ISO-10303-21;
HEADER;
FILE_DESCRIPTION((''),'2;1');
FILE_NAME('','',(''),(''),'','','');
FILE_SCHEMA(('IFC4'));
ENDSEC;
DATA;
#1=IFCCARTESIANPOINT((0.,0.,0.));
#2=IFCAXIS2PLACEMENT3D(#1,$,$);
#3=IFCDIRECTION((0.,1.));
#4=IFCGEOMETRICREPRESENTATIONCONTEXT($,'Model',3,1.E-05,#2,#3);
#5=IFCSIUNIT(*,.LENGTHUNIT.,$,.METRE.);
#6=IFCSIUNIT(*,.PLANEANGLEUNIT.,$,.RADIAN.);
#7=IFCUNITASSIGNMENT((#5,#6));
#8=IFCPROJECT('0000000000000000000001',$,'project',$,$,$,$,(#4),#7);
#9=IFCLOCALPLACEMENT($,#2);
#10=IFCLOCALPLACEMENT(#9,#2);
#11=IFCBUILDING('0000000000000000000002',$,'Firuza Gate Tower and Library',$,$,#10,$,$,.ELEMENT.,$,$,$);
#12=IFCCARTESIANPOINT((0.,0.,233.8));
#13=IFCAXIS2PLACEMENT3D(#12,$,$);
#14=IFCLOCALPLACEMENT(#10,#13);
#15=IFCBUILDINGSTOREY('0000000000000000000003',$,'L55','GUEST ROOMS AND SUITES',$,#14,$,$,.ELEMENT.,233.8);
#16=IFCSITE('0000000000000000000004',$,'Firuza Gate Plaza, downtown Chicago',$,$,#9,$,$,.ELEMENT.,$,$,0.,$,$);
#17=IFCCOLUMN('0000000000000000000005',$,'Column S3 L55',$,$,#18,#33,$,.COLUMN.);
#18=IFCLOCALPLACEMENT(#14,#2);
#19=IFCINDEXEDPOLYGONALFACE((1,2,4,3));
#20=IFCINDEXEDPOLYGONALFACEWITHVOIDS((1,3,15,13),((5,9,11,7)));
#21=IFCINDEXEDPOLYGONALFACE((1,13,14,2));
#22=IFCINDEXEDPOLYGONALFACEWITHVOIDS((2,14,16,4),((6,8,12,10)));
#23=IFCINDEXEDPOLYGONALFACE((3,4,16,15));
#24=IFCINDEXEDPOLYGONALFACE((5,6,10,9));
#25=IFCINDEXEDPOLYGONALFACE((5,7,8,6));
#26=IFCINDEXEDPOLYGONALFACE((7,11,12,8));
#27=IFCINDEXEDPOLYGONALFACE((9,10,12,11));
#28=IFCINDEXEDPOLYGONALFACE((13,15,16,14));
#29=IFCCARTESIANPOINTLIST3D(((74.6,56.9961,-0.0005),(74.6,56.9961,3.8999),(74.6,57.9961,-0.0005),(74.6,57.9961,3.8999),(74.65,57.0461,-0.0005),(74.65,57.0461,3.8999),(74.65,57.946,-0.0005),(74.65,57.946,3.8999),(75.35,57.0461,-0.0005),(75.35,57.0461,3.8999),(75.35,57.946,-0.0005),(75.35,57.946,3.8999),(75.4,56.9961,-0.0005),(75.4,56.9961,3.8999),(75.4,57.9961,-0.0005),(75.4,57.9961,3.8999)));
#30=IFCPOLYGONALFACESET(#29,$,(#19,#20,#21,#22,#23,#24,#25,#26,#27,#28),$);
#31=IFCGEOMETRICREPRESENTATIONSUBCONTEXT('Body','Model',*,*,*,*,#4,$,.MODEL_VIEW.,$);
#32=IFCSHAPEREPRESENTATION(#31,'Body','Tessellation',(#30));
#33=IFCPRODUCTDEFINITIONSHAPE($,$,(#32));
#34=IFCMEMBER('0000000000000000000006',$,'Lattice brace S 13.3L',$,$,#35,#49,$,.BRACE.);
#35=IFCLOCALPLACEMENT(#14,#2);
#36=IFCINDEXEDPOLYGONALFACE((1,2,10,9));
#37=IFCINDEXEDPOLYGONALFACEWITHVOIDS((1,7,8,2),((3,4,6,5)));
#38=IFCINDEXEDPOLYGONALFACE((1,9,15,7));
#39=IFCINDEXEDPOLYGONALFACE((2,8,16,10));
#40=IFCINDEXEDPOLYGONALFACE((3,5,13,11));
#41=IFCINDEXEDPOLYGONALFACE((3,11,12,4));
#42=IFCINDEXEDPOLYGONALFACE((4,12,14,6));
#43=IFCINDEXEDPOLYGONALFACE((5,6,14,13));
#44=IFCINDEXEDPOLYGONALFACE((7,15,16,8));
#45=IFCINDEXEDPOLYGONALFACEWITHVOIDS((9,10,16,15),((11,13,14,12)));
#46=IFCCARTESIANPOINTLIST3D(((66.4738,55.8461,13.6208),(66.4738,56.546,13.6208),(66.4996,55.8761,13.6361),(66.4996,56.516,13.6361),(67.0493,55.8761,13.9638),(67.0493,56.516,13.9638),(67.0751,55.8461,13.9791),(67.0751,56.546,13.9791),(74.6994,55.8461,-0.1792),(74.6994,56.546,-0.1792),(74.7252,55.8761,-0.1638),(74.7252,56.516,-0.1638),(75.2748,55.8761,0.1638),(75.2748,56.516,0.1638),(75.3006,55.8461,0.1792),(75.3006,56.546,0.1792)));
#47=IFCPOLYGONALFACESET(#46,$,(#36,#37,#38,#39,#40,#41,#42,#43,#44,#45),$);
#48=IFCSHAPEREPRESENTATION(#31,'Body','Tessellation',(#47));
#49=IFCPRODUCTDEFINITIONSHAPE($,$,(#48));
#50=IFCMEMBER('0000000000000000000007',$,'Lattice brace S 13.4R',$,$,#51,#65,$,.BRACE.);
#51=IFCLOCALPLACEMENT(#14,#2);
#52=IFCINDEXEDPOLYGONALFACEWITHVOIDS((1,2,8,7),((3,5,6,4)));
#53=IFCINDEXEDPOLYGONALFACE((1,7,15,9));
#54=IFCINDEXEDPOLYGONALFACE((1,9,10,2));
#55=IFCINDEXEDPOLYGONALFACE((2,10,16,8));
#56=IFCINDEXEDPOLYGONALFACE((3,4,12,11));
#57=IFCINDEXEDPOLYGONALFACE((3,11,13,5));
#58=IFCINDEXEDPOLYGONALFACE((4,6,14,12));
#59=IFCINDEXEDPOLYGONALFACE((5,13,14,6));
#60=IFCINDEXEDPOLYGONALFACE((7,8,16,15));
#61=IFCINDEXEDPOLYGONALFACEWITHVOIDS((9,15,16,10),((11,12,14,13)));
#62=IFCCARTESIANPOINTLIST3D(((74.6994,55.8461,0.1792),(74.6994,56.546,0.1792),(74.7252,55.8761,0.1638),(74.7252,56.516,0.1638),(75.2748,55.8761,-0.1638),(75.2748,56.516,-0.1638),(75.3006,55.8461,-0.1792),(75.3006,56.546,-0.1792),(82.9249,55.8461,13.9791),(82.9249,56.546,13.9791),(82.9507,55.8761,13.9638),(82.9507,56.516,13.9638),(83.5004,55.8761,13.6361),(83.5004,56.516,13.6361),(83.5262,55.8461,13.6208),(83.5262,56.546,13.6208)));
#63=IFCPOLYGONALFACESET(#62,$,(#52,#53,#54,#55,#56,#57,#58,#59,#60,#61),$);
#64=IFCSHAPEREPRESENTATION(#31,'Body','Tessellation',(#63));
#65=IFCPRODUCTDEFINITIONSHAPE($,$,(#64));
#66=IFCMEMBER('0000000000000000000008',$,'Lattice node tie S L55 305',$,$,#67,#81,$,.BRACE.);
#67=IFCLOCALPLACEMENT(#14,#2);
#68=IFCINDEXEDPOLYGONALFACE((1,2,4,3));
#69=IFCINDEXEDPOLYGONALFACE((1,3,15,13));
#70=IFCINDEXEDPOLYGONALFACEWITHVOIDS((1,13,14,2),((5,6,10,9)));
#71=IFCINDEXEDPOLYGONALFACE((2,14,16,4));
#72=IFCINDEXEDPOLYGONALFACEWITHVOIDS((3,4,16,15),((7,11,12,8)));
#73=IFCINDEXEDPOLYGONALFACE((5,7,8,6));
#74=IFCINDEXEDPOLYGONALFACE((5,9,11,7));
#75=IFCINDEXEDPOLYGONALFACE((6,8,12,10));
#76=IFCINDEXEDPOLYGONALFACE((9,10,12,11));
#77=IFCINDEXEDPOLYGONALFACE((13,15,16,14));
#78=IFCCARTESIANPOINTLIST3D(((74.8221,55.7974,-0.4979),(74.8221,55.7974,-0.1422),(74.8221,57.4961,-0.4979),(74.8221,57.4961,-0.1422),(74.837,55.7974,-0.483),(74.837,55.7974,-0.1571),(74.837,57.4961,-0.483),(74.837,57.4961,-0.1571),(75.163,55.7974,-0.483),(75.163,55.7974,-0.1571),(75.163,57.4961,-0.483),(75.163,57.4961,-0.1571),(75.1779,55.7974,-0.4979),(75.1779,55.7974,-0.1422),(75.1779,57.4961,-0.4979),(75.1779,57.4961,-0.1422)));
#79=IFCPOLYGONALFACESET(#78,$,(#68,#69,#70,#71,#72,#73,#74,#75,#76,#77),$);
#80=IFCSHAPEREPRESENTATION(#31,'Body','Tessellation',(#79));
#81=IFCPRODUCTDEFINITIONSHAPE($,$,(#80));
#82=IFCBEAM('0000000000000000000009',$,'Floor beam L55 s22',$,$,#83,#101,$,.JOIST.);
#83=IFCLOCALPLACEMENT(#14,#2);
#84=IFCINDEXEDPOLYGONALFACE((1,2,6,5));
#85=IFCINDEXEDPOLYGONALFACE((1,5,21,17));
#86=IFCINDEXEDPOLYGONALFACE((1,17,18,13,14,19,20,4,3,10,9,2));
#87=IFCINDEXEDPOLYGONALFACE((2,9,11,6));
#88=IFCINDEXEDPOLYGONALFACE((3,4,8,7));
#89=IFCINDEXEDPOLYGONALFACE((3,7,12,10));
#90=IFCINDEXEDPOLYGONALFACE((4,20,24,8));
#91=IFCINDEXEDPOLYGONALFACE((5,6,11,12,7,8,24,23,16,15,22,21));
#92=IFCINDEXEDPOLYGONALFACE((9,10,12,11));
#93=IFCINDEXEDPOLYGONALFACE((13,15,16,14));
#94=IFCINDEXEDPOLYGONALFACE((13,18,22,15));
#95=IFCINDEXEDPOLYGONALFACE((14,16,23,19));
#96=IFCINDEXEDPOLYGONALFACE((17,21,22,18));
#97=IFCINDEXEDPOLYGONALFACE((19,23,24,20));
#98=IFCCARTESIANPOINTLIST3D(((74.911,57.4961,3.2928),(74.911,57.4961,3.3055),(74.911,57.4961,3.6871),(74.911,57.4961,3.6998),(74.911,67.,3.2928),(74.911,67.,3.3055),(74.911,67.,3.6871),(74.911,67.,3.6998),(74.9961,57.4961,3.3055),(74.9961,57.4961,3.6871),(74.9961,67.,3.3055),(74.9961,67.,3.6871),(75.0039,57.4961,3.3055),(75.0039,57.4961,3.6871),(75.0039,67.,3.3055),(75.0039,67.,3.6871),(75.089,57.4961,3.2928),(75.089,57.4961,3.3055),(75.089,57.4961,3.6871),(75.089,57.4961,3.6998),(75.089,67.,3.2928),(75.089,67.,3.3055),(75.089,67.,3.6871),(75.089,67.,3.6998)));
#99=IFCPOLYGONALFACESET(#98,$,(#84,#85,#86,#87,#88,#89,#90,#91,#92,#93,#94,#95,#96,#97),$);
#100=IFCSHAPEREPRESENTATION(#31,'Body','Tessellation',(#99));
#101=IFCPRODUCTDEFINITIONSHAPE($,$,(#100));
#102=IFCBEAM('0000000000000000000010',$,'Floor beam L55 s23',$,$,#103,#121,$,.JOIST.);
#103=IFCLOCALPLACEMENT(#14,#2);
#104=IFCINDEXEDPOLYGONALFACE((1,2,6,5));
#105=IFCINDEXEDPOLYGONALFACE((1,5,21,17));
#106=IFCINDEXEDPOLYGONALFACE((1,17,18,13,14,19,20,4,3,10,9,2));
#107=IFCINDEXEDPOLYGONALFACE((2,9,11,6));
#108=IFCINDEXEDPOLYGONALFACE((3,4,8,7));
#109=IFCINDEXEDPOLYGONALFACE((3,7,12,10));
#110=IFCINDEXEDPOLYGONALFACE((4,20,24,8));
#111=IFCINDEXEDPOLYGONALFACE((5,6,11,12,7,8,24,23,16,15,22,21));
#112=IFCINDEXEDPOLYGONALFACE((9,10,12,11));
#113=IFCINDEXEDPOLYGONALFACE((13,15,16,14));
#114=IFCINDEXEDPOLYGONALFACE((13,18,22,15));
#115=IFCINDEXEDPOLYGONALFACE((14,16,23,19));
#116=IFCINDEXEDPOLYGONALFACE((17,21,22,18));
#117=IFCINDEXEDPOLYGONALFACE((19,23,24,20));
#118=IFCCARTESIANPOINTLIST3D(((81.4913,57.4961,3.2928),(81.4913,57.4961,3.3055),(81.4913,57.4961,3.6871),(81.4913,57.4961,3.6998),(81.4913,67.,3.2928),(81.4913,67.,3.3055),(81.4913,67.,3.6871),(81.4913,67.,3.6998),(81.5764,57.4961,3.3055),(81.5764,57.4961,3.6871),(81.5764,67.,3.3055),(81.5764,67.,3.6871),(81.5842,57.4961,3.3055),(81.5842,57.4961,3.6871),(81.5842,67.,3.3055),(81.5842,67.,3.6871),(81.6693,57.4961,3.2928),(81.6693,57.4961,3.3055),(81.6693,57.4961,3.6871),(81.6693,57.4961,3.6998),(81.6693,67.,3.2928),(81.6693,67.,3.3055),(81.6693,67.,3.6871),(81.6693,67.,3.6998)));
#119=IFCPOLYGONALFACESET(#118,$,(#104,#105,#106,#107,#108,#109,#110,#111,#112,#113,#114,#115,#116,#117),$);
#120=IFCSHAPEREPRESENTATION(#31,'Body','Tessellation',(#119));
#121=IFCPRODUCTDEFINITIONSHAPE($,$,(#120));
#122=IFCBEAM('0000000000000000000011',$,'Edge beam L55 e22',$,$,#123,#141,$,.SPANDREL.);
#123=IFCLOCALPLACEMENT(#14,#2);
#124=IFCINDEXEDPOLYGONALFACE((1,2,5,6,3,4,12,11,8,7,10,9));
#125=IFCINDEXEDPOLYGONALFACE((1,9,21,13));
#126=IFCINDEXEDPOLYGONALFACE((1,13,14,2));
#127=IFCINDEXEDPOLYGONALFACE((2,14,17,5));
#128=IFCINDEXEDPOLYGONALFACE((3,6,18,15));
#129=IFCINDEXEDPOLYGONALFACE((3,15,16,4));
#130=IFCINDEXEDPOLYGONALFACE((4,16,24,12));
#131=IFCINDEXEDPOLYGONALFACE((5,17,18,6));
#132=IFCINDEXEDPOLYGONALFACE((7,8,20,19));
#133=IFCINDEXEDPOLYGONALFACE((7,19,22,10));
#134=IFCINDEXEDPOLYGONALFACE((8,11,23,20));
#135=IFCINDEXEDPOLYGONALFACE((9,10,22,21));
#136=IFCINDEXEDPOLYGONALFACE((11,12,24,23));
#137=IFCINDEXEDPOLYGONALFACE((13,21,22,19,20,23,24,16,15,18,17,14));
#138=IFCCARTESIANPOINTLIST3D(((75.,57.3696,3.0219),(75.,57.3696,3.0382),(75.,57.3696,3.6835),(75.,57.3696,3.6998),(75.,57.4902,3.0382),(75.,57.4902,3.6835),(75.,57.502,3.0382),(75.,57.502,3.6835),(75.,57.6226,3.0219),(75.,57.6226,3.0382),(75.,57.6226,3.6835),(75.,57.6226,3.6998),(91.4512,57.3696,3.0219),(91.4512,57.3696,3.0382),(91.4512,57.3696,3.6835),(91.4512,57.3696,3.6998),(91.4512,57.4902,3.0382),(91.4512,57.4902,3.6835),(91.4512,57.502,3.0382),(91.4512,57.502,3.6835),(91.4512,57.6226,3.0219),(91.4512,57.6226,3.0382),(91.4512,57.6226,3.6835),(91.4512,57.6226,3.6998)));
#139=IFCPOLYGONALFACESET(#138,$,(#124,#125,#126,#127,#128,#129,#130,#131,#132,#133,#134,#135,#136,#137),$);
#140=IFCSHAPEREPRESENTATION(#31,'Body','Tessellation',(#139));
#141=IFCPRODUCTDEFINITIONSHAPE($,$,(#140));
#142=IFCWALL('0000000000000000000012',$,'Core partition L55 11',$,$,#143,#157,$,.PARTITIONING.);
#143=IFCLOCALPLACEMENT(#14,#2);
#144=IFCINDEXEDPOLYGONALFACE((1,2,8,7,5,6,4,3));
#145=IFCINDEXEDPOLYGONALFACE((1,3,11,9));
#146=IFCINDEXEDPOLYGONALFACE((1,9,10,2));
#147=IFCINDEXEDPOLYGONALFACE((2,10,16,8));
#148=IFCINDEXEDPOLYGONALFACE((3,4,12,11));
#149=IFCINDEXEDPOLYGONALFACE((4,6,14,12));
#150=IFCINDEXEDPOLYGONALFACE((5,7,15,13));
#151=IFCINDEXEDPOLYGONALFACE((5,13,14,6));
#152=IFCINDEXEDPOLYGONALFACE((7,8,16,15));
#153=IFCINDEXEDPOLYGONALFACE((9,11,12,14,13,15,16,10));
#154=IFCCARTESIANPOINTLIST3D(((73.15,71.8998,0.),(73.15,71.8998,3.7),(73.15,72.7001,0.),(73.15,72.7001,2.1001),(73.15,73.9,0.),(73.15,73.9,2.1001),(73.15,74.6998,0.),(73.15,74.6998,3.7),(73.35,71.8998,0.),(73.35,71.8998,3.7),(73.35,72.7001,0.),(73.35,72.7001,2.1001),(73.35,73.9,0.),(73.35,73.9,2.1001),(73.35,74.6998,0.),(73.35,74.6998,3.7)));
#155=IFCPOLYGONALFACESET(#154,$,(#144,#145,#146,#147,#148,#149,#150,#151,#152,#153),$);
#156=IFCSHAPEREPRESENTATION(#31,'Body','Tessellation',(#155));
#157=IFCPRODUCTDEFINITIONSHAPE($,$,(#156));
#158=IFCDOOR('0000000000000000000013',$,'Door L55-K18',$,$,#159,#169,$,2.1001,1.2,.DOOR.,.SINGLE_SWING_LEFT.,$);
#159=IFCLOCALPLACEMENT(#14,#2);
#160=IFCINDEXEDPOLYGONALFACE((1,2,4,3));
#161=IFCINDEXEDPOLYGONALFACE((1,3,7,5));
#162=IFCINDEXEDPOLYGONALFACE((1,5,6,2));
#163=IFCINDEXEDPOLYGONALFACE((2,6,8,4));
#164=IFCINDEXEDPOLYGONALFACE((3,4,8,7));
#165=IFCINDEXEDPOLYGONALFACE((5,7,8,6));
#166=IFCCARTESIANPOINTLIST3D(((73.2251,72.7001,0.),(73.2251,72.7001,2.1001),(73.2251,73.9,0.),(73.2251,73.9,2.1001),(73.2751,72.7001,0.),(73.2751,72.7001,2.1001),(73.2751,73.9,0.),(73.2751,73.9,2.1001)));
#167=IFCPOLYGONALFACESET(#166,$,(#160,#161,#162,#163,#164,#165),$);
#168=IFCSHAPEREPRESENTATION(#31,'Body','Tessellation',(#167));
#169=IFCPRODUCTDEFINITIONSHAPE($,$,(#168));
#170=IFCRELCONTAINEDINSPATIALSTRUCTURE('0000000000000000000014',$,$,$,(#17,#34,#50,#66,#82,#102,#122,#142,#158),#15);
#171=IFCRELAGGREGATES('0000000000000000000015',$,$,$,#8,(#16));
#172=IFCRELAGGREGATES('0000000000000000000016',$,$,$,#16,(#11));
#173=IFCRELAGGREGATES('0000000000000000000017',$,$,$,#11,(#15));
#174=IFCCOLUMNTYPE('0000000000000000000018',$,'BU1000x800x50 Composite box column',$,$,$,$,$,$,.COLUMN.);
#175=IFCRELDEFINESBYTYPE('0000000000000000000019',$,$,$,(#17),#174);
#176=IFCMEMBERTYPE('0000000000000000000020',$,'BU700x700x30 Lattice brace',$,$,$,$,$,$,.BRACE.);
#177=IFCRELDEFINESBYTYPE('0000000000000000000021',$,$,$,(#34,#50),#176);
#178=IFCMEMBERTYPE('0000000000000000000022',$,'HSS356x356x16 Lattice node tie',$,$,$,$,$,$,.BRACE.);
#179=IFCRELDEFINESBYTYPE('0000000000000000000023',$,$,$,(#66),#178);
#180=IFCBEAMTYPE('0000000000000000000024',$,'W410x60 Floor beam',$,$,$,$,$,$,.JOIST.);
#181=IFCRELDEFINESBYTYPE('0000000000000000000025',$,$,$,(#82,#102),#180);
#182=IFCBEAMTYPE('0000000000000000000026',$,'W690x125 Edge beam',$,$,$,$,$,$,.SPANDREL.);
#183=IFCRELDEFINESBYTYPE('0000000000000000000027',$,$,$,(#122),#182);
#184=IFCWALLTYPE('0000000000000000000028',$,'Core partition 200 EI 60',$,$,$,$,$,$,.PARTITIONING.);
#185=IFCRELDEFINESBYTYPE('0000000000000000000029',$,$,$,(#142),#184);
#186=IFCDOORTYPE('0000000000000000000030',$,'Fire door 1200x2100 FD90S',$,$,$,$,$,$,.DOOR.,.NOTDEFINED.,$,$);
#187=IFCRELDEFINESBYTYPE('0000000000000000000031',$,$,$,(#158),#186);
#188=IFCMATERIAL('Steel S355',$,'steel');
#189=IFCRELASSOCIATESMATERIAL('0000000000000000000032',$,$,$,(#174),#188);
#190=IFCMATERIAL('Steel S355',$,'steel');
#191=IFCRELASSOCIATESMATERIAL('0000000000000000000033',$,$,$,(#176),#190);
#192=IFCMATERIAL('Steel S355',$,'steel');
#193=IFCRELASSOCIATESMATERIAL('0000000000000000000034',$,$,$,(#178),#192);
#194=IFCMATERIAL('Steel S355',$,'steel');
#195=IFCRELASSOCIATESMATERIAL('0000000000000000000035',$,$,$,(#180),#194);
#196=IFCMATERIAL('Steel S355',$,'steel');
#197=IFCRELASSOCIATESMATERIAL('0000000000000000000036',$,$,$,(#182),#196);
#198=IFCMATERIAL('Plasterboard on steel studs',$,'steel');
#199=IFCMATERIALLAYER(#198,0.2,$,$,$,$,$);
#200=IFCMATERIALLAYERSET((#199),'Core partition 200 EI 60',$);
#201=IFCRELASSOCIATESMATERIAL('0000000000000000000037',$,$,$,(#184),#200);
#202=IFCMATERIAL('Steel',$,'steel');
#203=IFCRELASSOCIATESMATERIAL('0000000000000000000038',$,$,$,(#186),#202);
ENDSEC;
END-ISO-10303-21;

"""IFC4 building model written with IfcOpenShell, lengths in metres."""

from ifc_helpers import new_model, si_unit, direction, frame, frame_2d, origin, origin_2d, place, context, subcontext, project, spatial, rectangle, hollow_rectangle, i_section, extrude, material, layer, layer_set, material_profile, profile_set, type_object, element, fill, save


model = new_model("IFC4")

# Units and contexts
model_context = context("Model", 3, precision=1e-05, world=origin(), true_north=direction((0.0, 1.0)))
body_context = subcontext(model_context, "Body", "Model", "MODEL_VIEW")
ifc_project = project(units=[si_unit("LENGTHUNIT", "METRE"), si_unit("PLANEANGLEUNIT", "RADIAN")], contexts=[model_context])

# Site, building, storey
site_placement = place(None, origin())
site = spatial("IfcSite", under=ifc_project, at=site_placement, Name="Firuza Gate Plaza, downtown Chicago", CompositionType="ELEMENT", RefElevation=0.0)
building_placement = place(site_placement, origin())
building = spatial("IfcBuilding", under=site, at=building_placement, Name="Firuza Gate Tower and Library", CompositionType="ELEMENT")
storey_placement = place(building_placement, frame((0.0, 0.0, 233.8)))
storey = spatial("IfcBuildingStorey", under=building, at=storey_placement, Name="L55", Description="GUEST ROOMS AND SUITES", CompositionType="ELEMENT", Elevation=233.8)

# Column
ifc_material_1 = material(Name="Steel S355", Category="steel")
ifc_material_profile_1 = material_profile(ifc_material_1, hollow_rectangle(XDim=0.8, YDim=1.0, WallThickness=0.05, at=origin_2d()))
ifc_profile_set_1 = profile_set([ifc_material_profile_1], Name="Steel S355")
column_type = type_object("IfcColumnType", Name="BU1000x800x50 Composite box column", PredefinedType="COLUMN", material=ifc_profile_set_1)
column_placement = place(storey_placement, frame((75.0, 57.4961, -0.0005), z_axis=(0.0, 0.0, 1.0), x_axis=(1.0, 0.0, 0.0)))
element("IfcColumn", 1, at=column_placement, inside=storey, type_object=column_type, Name="Column S3 L55", PredefinedType="COLUMN", context=body_context, shape_type="SweptSolid", body=[
    extrude(hollow_rectangle(XDim=0.8, YDim=1.0, WallThickness=0.05, at=origin_2d()), origin(), (0.0, 0.0, 1.0), 3.9004),
])

# Members
ifc_material_2 = material(Name="Steel S355", Category="steel")
ifc_material_profile_2 = material_profile(ifc_material_2, hollow_rectangle(XDim=0.7, YDim=0.7, WallThickness=0.03, at=origin_2d()))
ifc_profile_set_2 = profile_set([ifc_material_profile_2], Name="Steel S355")
member_type_1 = type_object("IfcMemberType", Name="BU700x700x30 Lattice brace", PredefinedType="BRACE", material=ifc_profile_set_2)
for number, where, z_axis, x_axis, name in (
    (2, (75.0, 56.196, 0.0), (-0.512002, 0.0, 0.858984), (0.0, -1.0, 0.0), "Lattice brace S 13.3L"),
    (3, (75.0, 56.196, 0.0), (0.512002, 0.0, 0.858984), (0.0, 1.0, 0.0), "Lattice brace S 13.4R"),
):
    element("IfcMember", number, at=place(storey_placement, frame(where, z_axis=z_axis, x_axis=x_axis)), inside=storey, type_object=member_type_1, Name=name, PredefinedType="BRACE", context=body_context, shape_type="SweptSolid", body=[
        extrude(hollow_rectangle(XDim=0.7, YDim=0.7, WallThickness=0.03, at=origin_2d()), origin(), (0.0, 0.0, 1.0), 16.0654),
    ])
ifc_material_3 = material(Name="Steel S355", Category="steel")
ifc_material_profile_3 = material_profile(ifc_material_3, hollow_rectangle(XDim=0.3557, YDim=0.3557, WallThickness=0.0149, at=origin_2d()))
ifc_profile_set_3 = profile_set([ifc_material_profile_3], Name="Steel S355")
member_type_2 = type_object("IfcMemberType", Name="HSS356x356x16 Lattice node tie", PredefinedType="BRACE", material=ifc_profile_set_3)
member_placement = place(storey_placement, frame((75.0, 57.4961, -0.3201), z_axis=(0.0, -1.0, 0.0), x_axis=(1.0, 0.0, 0.0)))
element("IfcMember", 4, at=member_placement, inside=storey, type_object=member_type_2, Name="Lattice node tie S L55 305", PredefinedType="BRACE", context=body_context, shape_type="SweptSolid", body=[
    extrude(hollow_rectangle(XDim=0.3557, YDim=0.3557, WallThickness=0.0149, at=origin_2d()), origin(), (0.0, 0.0, 1.0), 1.6987),
])

# Beams
ifc_material_4 = material(Name="Steel S355", Category="steel")
ifc_material_profile_4 = material_profile(ifc_material_4, i_section(OverallWidth=0.178, OverallDepth=0.407, WebThickness=0.0078, FlangeThickness=0.0127, at=origin_2d()))
ifc_profile_set_4 = profile_set([ifc_material_profile_4], Name="Steel S355")
beam_type_1 = type_object("IfcBeamType", Name="W410x60 Floor beam", PredefinedType="JOIST", material=ifc_profile_set_4)
for number, where, z_axis, x_axis, name in (
    (5, (75.0, 57.4961, 3.4963), (0.0, 1.0, 0.0), (-1.0, 0.0, 0.0), "Floor beam L55 s22"),
    (6, (81.5803, 57.4961, 3.4963), (0.0, 1.0, 0.0), (-1.0, 0.0, 0.0), "Floor beam L55 s23"),
):
    element("IfcBeam", number, at=place(storey_placement, frame(where, z_axis=z_axis, x_axis=x_axis)), inside=storey, type_object=beam_type_1, Name=name, PredefinedType="JOIST", context=body_context, shape_type="SweptSolid", body=[
        extrude(i_section(OverallWidth=0.178, OverallDepth=0.407, WebThickness=0.0078, FlangeThickness=0.0127, at=origin_2d()), origin(), (0.0, 0.0, 1.0), 9.5039),
    ])
ifc_material_5 = material(Name="Steel S355", Category="steel")
ifc_material_profile_5 = material_profile(ifc_material_5, i_section(OverallWidth=0.2529, OverallDepth=0.678, WebThickness=0.0117, FlangeThickness=0.0164, at=origin_2d()))
ifc_profile_set_5 = profile_set([ifc_material_profile_5], Name="Steel S355")
beam_type_2 = type_object("IfcBeamType", Name="W690x125 Edge beam", PredefinedType="SPANDREL", material=ifc_profile_set_5)
beam_placement = place(storey_placement, frame((75.0, 57.4961, 3.3608), z_axis=(1.0, 0.0, 0.0), x_axis=(0.0, 1.0, 0.0)))
element("IfcBeam", 7, at=beam_placement, inside=storey, type_object=beam_type_2, Name="Edge beam L55 e22", PredefinedType="SPANDREL", context=body_context, shape_type="SweptSolid", body=[
    extrude(i_section(OverallWidth=0.2529, OverallDepth=0.678, WebThickness=0.0117, FlangeThickness=0.0164, at=origin_2d()), origin(), (0.0, 0.0, 1.0), 16.4512),
])

# Wall, opening, door
ifc_material_6 = material(Name="Plasterboard on steel studs", Category="steel")
ifc_layer_1 = layer(ifc_material_6, 0.2)
ifc_layer_set_1 = layer_set([ifc_layer_1], Name="Core partition 200 EI 60")
wall_type_1 = type_object("IfcWallType", Name="Core partition 200 EI 60", PredefinedType="PARTITIONING", material=ifc_layer_set_1)
wall_1_placement = place(storey_placement, frame((73.25, 71.8999, 0.0), z_axis=(0.0, 0.0, 1.0), x_axis=(0.0, 1.0, 0.0)))
wall_1 = element("IfcWall", 8, at=wall_1_placement, inside=storey, type_object=wall_type_1, Name="Core partition L55 11", PredefinedType="PARTITIONING", context=body_context, shape_type="SweptSolid", body=[
    extrude(rectangle(XDim=2.8, YDim=0.2, at=frame_2d((1.3999, 0.0))), origin(), (0.0, 0.0, 1.0), 3.7),
])
opening_1_placement = place(wall_1_placement, frame((0.8, 0.0, 0.0)))
opening_1 = element("IfcOpeningElement", 9, at=opening_1_placement, cuts=wall_1, PredefinedType="OPENING", context=body_context, shape_type="SweptSolid", body=[
    extrude(rectangle(XDim=1.2, YDim=2.1001, at=frame_2d((0.6001, 1.05))), frame((0.0, 0.1099, 0.0), z_axis=(0.0, -1.0, 0.0), x_axis=(1.0, 0.0, 0.0)), (0.0, 0.0, 1.0), 0.22),
])
ifc_material_7 = material(Name="Steel", Category="steel")
door_type_1 = type_object("IfcDoorType", Name="Fire door 1200x2100 FD90S", OperationType="NOTDEFINED", PredefinedType="DOOR", material=ifc_material_7)
door_1_placement = place(opening_1_placement, origin())
door_1 = element("IfcDoor", 10, at=door_1_placement, inside=storey, type_object=door_type_1, Name="Door L55-K18", OperationType="SINGLE_SWING_LEFT", OverallHeight=2.1001, OverallWidth=1.2, PredefinedType="DOOR", context=body_context, shape_type="SweptSolid", body=[
    extrude(rectangle(XDim=1.2, YDim=2.1001, at=frame_2d((0.6001, 1.05))), frame((0.0, 0.0249, 0.0), z_axis=(0.0, -1.0, 0.0), x_axis=(1.0, 0.0, 0.0)), (0.0, 0.0, 1.0), 0.05),
])
fill(opening_1, door_1)

save(model, "model.ifc")
